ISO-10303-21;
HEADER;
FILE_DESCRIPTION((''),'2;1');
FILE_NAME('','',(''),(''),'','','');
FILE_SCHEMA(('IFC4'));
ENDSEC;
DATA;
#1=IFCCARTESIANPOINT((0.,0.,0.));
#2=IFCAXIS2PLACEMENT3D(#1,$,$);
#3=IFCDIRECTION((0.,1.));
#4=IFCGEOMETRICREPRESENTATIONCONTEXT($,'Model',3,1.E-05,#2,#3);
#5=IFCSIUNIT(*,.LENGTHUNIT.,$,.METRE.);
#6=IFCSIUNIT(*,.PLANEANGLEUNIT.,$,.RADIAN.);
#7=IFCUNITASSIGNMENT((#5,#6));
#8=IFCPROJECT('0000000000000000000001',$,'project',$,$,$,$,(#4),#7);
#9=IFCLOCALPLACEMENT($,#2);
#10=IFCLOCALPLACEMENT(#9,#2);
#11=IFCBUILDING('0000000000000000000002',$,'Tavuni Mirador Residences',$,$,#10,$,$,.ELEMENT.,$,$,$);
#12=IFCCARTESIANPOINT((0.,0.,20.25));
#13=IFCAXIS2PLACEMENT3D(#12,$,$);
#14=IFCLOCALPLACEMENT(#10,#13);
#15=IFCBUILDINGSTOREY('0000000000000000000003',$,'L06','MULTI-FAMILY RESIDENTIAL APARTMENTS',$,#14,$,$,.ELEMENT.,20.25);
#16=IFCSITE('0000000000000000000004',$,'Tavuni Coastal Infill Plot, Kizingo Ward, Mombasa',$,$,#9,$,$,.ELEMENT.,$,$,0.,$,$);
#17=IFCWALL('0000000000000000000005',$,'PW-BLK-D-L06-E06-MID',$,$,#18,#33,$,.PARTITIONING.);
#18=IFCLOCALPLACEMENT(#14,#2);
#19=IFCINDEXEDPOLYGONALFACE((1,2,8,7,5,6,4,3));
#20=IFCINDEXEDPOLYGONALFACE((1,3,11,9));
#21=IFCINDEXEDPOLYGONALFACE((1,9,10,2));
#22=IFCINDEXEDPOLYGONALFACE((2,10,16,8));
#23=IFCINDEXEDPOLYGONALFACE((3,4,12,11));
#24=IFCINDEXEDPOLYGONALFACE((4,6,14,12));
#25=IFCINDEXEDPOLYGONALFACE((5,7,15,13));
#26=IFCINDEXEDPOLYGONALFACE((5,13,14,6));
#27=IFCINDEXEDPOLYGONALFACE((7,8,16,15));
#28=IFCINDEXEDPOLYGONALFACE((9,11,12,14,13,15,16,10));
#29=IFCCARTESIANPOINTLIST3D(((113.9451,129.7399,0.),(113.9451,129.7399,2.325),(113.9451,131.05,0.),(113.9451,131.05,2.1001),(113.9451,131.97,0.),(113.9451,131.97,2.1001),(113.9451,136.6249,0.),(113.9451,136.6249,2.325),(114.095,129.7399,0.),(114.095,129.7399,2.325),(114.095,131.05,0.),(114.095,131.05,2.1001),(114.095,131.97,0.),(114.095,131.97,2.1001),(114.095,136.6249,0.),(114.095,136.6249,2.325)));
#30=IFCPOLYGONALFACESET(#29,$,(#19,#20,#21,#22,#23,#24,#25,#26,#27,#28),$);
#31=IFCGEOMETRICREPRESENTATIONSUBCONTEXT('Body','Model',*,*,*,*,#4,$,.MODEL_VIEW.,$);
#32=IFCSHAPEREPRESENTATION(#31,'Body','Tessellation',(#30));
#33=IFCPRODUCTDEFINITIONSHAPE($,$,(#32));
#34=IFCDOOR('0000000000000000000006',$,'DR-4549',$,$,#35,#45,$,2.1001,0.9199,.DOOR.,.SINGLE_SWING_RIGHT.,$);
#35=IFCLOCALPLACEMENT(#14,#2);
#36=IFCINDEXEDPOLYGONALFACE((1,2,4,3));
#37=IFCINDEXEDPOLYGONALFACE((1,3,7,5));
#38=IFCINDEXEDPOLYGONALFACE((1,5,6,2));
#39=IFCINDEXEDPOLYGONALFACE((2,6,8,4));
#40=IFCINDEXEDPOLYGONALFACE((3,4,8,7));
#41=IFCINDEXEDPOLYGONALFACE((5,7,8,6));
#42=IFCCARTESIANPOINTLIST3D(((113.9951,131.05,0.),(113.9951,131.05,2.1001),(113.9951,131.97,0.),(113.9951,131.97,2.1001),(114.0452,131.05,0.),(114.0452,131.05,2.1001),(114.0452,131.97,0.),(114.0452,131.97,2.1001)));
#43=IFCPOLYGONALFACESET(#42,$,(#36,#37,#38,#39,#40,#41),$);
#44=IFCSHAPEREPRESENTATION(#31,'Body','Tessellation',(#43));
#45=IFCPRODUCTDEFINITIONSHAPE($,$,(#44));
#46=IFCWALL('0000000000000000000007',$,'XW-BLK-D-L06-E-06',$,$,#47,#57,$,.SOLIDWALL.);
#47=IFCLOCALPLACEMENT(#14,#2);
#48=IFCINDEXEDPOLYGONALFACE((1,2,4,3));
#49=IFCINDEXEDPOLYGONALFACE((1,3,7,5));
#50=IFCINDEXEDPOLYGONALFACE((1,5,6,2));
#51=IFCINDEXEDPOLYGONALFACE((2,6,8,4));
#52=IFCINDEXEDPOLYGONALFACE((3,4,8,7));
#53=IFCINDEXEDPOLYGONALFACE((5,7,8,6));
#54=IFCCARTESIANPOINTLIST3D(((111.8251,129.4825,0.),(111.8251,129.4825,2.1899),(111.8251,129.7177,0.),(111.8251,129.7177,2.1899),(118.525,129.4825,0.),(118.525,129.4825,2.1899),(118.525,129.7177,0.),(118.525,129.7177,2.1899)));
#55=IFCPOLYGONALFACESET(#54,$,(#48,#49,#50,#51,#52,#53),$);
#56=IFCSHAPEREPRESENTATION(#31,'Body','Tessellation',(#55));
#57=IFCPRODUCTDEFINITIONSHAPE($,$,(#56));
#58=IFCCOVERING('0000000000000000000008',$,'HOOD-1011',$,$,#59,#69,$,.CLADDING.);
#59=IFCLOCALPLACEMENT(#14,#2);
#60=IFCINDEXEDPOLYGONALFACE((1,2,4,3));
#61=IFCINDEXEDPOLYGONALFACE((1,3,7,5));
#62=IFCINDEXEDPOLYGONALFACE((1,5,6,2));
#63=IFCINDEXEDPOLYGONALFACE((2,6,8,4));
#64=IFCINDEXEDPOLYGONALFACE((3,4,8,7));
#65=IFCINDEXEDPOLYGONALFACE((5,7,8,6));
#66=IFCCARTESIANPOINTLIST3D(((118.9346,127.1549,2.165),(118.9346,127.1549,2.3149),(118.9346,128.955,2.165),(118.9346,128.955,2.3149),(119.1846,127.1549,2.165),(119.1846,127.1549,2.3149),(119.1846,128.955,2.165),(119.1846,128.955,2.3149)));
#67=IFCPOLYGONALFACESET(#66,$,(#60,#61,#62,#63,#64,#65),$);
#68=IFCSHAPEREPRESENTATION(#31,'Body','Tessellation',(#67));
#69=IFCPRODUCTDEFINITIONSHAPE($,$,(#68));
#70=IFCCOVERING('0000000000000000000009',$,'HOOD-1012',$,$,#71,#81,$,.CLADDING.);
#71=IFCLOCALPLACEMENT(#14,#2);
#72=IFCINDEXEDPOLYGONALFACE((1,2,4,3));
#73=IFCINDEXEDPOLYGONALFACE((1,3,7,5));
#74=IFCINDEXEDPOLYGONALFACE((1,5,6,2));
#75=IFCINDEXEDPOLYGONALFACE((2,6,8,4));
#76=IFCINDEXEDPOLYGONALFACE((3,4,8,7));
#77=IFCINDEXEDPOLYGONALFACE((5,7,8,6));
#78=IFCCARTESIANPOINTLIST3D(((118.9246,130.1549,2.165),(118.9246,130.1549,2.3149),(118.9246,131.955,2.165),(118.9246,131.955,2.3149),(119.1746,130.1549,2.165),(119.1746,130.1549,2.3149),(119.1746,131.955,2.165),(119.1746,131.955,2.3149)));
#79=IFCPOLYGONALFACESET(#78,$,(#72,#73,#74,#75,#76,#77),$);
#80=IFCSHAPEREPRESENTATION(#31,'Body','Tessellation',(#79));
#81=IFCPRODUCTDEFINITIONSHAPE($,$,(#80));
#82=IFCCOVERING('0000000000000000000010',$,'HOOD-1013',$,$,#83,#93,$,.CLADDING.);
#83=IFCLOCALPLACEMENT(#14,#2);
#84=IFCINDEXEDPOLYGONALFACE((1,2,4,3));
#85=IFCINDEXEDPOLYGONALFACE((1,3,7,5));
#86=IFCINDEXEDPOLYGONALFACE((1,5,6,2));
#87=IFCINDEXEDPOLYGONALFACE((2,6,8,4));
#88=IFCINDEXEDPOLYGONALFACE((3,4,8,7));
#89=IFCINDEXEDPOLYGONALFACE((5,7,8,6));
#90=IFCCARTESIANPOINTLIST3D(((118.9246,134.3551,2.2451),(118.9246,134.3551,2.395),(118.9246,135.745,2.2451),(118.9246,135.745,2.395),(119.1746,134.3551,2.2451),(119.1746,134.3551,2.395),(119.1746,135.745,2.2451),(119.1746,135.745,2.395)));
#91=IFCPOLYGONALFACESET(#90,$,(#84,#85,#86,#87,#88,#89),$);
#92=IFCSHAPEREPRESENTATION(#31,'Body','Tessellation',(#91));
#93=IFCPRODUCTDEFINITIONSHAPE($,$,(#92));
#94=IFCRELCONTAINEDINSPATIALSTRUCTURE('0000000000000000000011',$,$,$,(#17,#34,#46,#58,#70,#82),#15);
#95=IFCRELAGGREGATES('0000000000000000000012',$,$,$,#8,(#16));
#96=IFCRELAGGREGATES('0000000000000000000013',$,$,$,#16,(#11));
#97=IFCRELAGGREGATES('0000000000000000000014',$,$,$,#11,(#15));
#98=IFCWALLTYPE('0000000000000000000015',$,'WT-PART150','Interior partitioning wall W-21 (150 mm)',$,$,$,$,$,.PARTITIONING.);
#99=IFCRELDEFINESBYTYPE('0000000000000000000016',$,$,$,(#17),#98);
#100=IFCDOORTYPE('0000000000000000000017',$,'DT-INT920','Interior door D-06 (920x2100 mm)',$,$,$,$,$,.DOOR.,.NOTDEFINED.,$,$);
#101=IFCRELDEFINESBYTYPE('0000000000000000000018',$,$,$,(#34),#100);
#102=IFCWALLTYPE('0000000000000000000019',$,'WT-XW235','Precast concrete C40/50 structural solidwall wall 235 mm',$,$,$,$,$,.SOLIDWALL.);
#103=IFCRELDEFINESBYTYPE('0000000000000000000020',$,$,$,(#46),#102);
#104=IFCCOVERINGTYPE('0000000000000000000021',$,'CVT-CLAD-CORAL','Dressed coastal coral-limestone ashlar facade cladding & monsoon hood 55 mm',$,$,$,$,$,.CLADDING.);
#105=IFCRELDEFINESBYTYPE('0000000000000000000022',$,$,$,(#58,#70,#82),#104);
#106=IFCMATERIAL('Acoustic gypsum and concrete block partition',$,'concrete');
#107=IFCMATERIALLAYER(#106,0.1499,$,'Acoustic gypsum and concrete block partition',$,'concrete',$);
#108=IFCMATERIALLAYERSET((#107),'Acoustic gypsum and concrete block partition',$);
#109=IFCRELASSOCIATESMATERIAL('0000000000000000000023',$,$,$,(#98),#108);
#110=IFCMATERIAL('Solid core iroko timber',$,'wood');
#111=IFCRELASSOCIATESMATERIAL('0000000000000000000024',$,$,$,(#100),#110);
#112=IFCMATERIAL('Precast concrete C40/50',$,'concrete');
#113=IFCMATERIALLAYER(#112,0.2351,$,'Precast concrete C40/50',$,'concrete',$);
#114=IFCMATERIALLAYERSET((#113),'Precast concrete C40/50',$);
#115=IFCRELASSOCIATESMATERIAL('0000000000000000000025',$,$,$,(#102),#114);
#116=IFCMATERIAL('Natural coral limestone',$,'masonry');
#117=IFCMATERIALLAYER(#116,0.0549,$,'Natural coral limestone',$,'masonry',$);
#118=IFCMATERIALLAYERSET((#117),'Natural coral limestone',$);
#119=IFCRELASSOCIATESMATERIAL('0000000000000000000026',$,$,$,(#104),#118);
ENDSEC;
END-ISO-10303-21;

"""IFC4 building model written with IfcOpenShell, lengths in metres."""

from ifc_helpers import new_model, si_unit, direction, frame, frame_2d, origin, origin_2d, place, context, subcontext, project, spatial, rectangle, extrude, material, layer, layer_set, type_object, element, fill, save


model = new_model("IFC4")

# Units and contexts
model_context = context("Model", 3, precision=1e-05, world=origin(), true_north=direction((0.0, 1.0)))
body_context = subcontext(model_context, "Body", "Model", "MODEL_VIEW")
ifc_project = project(units=[si_unit("LENGTHUNIT", "METRE"), si_unit("PLANEANGLEUNIT", "RADIAN")], contexts=[model_context])

# Site, building, storey
site_placement = place(None, origin())
site = spatial("IfcSite", under=ifc_project, at=site_placement, Name="Tavuni Coastal Infill Plot, Kizingo Ward, Mombasa", CompositionType="ELEMENT", RefElevation=0.0)
building_placement = place(site_placement, origin())
building = spatial("IfcBuilding", under=site, at=building_placement, Name="Tavuni Mirador Residences", CompositionType="ELEMENT")
storey_placement = place(building_placement, frame((0.0, 0.0, 20.25)))
storey = spatial("IfcBuildingStorey", under=building, at=storey_placement, Name="L06", Description="MULTI-FAMILY RESIDENTIAL APARTMENTS", CompositionType="ELEMENT", Elevation=20.25)

# Shared definitions
ifc_material_1 = material(Name="Precast concrete C40/50", Category="concrete")

# Wall, opening, door
ifc_material_2 = material(Name="Acoustic gypsum and concrete block partition", Category="concrete")
ifc_material_3 = material(Name="Solid core iroko timber", Category="wood")
ifc_layer_1 = layer(ifc_material_2, 0.1499, Name="Acoustic gypsum and concrete block partition", Category="concrete")
ifc_layer_set_1 = layer_set([ifc_layer_1], Name="Acoustic gypsum and concrete block partition")
wall_type_1 = type_object("IfcWallType", Name="WT-PART150", Description="Interior partitioning wall W-21 (150 mm)", PredefinedType="PARTITIONING", material=ifc_layer_set_1)
wall_1_placement = place(storey_placement, frame((114.02, 129.74, 0.0), z_axis=(0.0, 0.0, 1.0), x_axis=(0.0, 1.0, 0.0)))
wall_1 = element("IfcWall", 1, at=wall_1_placement, inside=storey, type_object=wall_type_1, Name="PW-BLK-D-L06-E06-MID", PredefinedType="PARTITIONING", context=body_context, shape_type="SweptSolid", body=[
    extrude(rectangle(XDim=6.885, YDim=0.1499, at=frame_2d((3.4424, 0.0))), origin(), (0.0, 0.0, 1.0), 2.325),
])
opening_1_placement = place(wall_1_placement, frame((1.3101, 0.0, 0.0)))
opening_1 = element("IfcOpeningElement", 2, at=opening_1_placement, cuts=wall_1, PredefinedType="OPENING", context=body_context, shape_type="SweptSolid", body=[
    extrude(rectangle(XDim=0.9199, YDim=2.1001, at=frame_2d((0.46, 1.05))), frame((0.0, 0.085, 0.0), z_axis=(0.0, -1.0, 0.0), x_axis=(1.0, 0.0, 0.0)), (0.0, 0.0, 1.0), 0.1699),
])
door_type_1 = type_object("IfcDoorType", Name="DT-INT920", Description="Interior door D-06 (920x2100 mm)", OperationType="NOTDEFINED", PredefinedType="DOOR", material=ifc_material_3)
door_1_placement = place(opening_1_placement, origin())
door_1 = element("IfcDoor", 3, at=door_1_placement, inside=storey, type_object=door_type_1, Name="DR-4549", OperationType="SINGLE_SWING_RIGHT", OverallHeight=2.1001, OverallWidth=0.9199, PredefinedType="DOOR", context=body_context, shape_type="SweptSolid", body=[
    extrude(rectangle(XDim=0.9199, YDim=2.1001, at=frame_2d((0.46, 1.05))), frame((0.0, 0.0249, 0.0), z_axis=(0.0, -1.0, 0.0), x_axis=(1.0, 0.0, 0.0)), (0.0, 0.0, 1.0), 0.05),
])
fill(opening_1, door_1)

# Wall
ifc_layer_2 = layer(ifc_material_1, 0.2351, Name="Precast concrete C40/50", Category="concrete")
ifc_layer_set_2 = layer_set([ifc_layer_2], Name="Precast concrete C40/50")
wall_type_2 = type_object("IfcWallType", Name="WT-XW235", Description="Precast concrete C40/50 structural solidwall wall 235 mm", PredefinedType="SOLIDWALL", material=ifc_layer_set_2)
wall_2_placement = place(storey_placement, frame((111.825, 129.6001, 0.0), z_axis=(0.0, 0.0, 1.0), x_axis=(1.0, 0.0, 0.0)))
element("IfcWall", 4, at=wall_2_placement, inside=storey, type_object=wall_type_2, Name="XW-BLK-D-L06-E-06", PredefinedType="SOLIDWALL", context=body_context, shape_type="SweptSolid", body=[
    extrude(rectangle(XDim=6.7, YDim=0.2351, at=frame_2d((3.3501, 0.0))), origin(), (0.0, 0.0, 1.0), 2.1899),
])

# Coverings
ifc_material_4 = material(Name="Natural coral limestone", Category="masonry")
ifc_layer_3 = layer(ifc_material_4, 0.0549, Name="Natural coral limestone", Category="masonry")
ifc_layer_set_3 = layer_set([ifc_layer_3], Name="Natural coral limestone")
covering_type = type_object("IfcCoveringType", Name="CVT-CLAD-CORAL", Description="Dressed coastal coral-limestone ashlar facade cladding & monsoon hood 55 mm", PredefinedType="CLADDING", material=ifc_layer_set_3)
for number, where, z_axis, x_axis, name in (
    (5, (119.0596, 128.0549, 2.165), (0.0, 0.0, 1.0), (0.0, 1.0, 0.0), "HOOD-1011"),
    (6, (119.0496, 131.0549, 2.165), (0.0, 0.0, 1.0), (0.0, 1.0, 0.0), "HOOD-1012"),
):
    element("IfcCovering", number, at=place(storey_placement, frame(where, z_axis=z_axis, x_axis=x_axis)), inside=storey, type_object=covering_type, Name=name, PredefinedType="CLADDING", context=body_context, shape_type="SweptSolid", body=[
        extrude(rectangle(XDim=1.8, YDim=0.25, at=origin_2d()), origin(), (0.0, 0.0, 1.0), 0.1499),
    ])
covering_placement = place(storey_placement, frame((119.0496, 135.05, 2.2451), z_axis=(0.0, 0.0, 1.0), x_axis=(0.0, 1.0, 0.0)))
element("IfcCovering", 7, at=covering_placement, inside=storey, type_object=covering_type, Name="HOOD-1013", PredefinedType="CLADDING", context=body_context, shape_type="SweptSolid", body=[
    extrude(rectangle(XDim=1.3899, YDim=0.25, at=origin_2d()), origin(), (0.0, 0.0, 1.0), 0.1499),
])

save(model, "model.ifc")
